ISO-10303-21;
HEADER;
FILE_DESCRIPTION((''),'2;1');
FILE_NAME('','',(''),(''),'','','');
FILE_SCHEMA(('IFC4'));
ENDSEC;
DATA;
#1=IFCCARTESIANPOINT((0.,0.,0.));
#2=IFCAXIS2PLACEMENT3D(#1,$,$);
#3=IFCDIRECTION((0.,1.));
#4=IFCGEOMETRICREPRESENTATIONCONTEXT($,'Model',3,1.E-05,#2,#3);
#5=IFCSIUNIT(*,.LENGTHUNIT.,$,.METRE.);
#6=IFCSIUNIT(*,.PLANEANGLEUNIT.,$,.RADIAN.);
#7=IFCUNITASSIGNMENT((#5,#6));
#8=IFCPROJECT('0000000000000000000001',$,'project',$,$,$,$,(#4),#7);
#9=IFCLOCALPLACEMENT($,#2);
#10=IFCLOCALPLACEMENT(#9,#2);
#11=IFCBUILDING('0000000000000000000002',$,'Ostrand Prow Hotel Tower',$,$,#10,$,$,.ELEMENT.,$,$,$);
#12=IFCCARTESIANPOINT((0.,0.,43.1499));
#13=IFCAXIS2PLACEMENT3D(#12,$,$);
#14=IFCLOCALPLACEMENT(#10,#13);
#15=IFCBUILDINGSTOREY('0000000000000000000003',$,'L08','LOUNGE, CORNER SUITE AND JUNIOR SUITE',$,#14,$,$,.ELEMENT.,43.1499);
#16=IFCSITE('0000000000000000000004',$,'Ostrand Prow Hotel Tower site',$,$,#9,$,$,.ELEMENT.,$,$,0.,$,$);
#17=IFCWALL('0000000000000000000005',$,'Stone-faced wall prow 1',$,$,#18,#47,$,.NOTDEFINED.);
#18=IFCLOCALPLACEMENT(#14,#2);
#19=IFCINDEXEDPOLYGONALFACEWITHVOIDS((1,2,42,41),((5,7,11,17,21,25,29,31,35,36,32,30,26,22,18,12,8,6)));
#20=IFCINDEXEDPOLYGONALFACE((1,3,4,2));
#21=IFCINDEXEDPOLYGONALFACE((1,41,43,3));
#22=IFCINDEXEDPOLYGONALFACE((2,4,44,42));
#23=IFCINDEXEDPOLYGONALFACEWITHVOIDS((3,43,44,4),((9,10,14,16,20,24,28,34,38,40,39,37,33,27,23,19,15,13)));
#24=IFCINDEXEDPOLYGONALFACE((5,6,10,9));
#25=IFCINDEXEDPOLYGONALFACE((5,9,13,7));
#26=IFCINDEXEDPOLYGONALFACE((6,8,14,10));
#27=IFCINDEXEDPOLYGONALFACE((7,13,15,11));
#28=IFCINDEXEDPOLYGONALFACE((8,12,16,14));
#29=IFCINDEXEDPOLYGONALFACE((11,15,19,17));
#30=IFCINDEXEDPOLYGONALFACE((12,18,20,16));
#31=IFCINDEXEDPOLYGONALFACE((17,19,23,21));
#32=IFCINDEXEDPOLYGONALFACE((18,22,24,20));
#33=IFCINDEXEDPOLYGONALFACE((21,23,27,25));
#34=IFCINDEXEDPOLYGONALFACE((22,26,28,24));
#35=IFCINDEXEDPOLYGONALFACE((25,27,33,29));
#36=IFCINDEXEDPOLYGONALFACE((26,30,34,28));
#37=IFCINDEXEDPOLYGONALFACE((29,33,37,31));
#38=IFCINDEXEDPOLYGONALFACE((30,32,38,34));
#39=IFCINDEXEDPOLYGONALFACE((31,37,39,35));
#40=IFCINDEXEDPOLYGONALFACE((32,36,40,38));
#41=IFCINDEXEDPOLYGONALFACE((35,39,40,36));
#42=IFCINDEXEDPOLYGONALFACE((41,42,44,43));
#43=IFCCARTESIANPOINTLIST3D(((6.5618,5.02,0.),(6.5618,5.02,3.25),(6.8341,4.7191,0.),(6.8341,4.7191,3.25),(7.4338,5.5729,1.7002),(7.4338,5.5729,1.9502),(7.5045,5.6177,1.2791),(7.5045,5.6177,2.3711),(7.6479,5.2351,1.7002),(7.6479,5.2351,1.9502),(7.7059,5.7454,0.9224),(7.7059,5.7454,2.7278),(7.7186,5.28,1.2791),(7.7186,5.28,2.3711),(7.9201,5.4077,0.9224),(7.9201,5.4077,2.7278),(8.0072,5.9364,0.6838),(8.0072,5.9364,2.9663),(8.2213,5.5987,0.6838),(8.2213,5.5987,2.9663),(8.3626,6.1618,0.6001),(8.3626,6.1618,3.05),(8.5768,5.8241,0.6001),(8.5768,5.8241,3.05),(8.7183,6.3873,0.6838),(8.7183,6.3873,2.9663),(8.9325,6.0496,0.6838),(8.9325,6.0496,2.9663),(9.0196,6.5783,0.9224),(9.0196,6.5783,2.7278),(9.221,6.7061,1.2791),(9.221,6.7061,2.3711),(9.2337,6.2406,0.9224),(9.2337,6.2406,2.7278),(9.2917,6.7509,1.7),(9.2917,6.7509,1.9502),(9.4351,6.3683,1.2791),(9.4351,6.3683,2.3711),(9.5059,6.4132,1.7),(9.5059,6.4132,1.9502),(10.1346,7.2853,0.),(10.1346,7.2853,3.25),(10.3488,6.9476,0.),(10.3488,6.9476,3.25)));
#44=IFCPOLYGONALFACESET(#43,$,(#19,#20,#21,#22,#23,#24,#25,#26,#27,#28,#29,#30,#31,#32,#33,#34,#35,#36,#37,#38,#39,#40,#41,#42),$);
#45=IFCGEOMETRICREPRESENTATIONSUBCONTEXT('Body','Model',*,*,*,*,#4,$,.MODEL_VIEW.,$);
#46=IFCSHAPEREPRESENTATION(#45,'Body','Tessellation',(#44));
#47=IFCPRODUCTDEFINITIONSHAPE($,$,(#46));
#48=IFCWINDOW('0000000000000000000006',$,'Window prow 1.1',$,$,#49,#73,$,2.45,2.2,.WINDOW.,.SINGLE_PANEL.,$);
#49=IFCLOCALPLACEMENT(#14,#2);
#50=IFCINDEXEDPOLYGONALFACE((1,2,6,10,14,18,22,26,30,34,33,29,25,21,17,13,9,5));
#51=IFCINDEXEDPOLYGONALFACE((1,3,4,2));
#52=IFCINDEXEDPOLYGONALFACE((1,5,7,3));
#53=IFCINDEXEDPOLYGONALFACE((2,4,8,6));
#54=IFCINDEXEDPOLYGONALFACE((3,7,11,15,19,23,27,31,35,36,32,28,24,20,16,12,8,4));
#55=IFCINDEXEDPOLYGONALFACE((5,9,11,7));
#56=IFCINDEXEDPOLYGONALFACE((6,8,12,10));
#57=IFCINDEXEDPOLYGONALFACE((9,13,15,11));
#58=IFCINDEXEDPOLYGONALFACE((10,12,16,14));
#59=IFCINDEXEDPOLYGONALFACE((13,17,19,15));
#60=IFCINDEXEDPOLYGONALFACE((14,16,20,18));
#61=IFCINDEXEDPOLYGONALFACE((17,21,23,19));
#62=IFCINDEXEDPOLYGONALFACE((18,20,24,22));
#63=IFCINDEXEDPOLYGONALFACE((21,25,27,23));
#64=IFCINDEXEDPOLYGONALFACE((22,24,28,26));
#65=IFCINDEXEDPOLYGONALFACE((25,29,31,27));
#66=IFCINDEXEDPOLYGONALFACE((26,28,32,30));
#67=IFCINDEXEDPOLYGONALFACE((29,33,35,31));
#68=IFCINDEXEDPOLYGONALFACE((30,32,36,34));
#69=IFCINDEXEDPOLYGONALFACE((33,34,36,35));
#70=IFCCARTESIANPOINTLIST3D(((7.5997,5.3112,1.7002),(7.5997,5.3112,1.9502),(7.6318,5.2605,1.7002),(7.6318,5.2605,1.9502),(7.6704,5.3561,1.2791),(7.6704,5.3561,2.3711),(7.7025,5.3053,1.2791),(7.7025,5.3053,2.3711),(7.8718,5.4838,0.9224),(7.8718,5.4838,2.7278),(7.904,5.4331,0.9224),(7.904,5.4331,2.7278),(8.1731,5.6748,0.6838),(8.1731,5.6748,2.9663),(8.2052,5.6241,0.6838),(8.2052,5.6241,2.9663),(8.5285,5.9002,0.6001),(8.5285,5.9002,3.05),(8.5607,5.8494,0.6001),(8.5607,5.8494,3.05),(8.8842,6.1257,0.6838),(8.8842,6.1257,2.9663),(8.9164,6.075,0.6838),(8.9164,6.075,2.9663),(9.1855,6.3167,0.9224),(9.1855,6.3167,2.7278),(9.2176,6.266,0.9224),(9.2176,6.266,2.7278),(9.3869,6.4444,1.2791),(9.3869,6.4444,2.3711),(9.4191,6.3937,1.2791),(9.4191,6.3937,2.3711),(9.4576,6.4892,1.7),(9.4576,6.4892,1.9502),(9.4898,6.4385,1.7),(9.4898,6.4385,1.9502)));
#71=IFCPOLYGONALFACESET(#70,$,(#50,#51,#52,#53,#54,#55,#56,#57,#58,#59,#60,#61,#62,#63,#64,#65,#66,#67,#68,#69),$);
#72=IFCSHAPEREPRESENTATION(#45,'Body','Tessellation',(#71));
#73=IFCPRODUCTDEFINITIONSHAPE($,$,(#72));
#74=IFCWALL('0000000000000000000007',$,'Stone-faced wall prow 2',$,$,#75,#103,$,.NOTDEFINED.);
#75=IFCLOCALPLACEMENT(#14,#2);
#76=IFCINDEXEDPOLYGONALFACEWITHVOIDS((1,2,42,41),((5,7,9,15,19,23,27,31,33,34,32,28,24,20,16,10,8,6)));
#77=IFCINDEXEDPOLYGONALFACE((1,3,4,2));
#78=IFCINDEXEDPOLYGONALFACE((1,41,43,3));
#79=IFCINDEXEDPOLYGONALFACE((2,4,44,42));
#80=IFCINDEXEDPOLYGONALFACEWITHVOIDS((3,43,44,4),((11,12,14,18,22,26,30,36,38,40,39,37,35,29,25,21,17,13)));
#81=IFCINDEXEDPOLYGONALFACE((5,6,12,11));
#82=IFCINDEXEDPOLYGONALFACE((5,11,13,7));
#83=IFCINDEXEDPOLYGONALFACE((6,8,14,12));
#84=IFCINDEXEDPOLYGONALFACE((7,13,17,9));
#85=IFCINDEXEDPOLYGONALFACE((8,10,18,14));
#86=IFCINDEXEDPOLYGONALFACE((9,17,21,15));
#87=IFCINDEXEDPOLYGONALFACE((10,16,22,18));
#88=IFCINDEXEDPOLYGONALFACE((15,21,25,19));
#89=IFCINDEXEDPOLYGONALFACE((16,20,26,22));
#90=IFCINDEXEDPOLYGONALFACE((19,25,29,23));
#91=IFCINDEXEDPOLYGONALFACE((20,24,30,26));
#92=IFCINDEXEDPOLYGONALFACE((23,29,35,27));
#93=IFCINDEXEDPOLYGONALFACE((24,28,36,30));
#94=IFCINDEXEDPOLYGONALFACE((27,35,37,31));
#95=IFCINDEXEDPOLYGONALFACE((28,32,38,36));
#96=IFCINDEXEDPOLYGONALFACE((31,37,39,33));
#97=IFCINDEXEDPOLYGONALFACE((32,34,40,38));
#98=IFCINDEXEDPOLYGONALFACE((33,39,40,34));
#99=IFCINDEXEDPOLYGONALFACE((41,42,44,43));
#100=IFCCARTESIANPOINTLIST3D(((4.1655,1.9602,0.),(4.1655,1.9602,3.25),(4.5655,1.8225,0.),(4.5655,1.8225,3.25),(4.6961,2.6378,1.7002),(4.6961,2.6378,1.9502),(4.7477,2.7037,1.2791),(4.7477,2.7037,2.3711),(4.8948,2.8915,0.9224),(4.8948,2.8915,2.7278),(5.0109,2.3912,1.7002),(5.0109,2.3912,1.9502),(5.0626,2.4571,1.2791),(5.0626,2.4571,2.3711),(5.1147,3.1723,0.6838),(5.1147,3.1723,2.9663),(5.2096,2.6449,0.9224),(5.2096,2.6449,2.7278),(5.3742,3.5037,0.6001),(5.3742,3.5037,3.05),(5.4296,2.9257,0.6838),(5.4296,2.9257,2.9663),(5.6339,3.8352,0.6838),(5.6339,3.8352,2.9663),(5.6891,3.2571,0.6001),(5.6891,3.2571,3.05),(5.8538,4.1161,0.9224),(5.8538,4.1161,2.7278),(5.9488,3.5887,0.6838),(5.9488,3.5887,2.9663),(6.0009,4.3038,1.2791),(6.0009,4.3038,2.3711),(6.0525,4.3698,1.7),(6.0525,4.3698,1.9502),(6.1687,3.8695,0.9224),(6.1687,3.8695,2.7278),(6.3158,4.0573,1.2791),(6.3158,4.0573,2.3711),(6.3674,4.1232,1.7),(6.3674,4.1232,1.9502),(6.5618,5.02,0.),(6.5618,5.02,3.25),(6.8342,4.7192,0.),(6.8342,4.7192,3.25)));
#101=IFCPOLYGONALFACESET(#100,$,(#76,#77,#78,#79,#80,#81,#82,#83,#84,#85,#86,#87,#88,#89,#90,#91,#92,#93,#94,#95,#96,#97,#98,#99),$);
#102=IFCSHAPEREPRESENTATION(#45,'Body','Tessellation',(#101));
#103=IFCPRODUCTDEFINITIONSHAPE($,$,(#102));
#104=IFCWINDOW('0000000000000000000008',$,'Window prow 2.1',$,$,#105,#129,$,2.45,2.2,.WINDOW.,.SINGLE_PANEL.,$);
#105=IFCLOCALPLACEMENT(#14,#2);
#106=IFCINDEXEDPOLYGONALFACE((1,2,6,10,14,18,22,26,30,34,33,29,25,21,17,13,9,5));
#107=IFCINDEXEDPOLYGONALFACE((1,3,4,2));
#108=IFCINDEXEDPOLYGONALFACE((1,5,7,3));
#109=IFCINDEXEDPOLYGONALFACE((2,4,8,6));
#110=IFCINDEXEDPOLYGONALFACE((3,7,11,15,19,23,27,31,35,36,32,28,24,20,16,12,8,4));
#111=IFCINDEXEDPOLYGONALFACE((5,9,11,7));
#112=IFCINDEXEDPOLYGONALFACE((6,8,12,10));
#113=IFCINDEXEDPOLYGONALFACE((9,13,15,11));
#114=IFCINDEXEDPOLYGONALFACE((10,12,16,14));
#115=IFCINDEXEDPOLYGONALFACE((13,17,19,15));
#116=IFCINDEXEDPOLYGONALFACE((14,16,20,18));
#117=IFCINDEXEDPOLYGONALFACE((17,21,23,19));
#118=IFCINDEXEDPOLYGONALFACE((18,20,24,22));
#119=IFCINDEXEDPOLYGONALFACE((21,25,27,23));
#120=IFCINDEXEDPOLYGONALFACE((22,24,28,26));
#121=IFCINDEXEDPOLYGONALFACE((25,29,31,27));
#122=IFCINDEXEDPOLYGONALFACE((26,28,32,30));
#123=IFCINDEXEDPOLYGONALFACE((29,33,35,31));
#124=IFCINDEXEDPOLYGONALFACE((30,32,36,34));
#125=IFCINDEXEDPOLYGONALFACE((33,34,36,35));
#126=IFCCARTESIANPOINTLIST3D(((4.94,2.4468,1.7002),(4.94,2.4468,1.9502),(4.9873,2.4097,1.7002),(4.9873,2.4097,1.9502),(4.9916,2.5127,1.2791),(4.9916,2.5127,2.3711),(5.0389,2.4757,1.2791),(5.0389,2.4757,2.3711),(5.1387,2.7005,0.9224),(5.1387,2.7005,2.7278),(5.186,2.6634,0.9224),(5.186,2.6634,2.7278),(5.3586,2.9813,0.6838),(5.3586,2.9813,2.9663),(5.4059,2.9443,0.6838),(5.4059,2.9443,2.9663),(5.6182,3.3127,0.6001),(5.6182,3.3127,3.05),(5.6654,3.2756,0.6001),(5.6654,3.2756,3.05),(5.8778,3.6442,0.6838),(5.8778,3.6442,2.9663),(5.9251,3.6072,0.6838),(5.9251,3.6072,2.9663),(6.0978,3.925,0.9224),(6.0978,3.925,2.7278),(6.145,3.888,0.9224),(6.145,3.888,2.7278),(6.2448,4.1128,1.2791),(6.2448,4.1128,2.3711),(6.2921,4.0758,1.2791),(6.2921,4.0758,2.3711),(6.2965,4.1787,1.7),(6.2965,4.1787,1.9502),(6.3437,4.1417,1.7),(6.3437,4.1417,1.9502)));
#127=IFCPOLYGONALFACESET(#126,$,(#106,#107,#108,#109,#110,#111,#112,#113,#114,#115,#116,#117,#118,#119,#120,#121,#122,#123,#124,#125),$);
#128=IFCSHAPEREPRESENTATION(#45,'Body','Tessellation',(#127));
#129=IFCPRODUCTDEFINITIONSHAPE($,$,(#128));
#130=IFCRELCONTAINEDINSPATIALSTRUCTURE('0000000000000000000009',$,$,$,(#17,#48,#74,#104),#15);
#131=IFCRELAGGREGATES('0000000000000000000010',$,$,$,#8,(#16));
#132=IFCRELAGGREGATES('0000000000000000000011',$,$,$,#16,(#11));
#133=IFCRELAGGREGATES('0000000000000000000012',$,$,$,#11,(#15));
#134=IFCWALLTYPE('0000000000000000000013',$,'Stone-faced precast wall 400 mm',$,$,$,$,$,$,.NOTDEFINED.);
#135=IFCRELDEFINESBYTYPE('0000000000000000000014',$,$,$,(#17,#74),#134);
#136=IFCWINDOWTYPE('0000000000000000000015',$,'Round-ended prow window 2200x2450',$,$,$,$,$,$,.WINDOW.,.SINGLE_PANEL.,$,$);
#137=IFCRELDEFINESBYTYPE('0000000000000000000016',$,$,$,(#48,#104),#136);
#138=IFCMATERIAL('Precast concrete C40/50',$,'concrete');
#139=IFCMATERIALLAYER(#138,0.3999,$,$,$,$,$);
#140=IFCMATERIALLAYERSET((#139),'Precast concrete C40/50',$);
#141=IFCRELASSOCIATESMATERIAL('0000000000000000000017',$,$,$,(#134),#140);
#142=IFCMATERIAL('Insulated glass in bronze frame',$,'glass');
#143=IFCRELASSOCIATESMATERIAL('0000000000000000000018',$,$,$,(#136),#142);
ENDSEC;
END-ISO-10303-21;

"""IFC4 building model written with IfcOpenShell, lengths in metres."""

from ifc_helpers import new_model, si_unit, direction, frame, origin, place, context, subcontext, project, spatial, polyline, outline, extrude, material, layer, layer_set, type_object, element, fill, save


model = new_model("IFC4")

# Units and contexts
model_context = context("Model", 3, precision=1e-05, world=origin(), true_north=direction((0.0, 1.0)))
body_context = subcontext(model_context, "Body", "Model", "MODEL_VIEW")
ifc_project = project(units=[si_unit("LENGTHUNIT", "METRE"), si_unit("PLANEANGLEUNIT", "RADIAN")], contexts=[model_context])

# Site, building, storey
site_placement = place(None, origin())
site = spatial("IfcSite", under=ifc_project, at=site_placement, Name="Ostrand Prow Hotel Tower site", CompositionType="ELEMENT", RefElevation=0.0)
building_placement = place(site_placement, origin())
building = spatial("IfcBuilding", under=site, at=building_placement, Name="Ostrand Prow Hotel Tower", CompositionType="ELEMENT")
storey_placement = place(building_placement, frame((0.0, 0.0, 43.1499)))
storey = spatial("IfcBuildingStorey", under=building, at=storey_placement, Name="L08", Description="LOUNGE, CORNER SUITE AND JUNIOR SUITE", CompositionType="ELEMENT", Elevation=43.1499)

# Walls, openings, windows
ifc_material_1 = material(Name="Precast concrete C40/50", Category="concrete")
ifc_layer_1 = layer(ifc_material_1, 0.3999)
ifc_layer_set_1 = layer_set([ifc_layer_1], Name="Precast concrete C40/50")
wall_type_1 = type_object("IfcWallType", Name="Stone-faced precast wall 400 mm", PredefinedType="NOTDEFINED", material=ifc_layer_set_1)
wall_1_placement = place(storey_placement, frame((10.2417, 7.1165, 0.0), z_axis=(0.0, 0.0, 1.0), x_axis=(-0.844552, -0.535474, 0.0)))
wall_1 = element("IfcWall", 1, at=wall_1_placement, inside=storey, type_object=wall_type_1, Name="Stone-faced wall prow 1", PredefinedType="NOTDEFINED", context=body_context, shape_type="SweptSolid", body=[
    extrude(outline(polyline([(0.0, -0.2), (4.2305, -0.2), (4.1616, 0.2), (0.0, 0.2), (0.0, -0.2)])), origin(), (0.0, 0.0, 1.0), 3.25),
])
opening_1_placement = place(wall_1_placement, frame((0.998, 0.0, 0.6001)))
opening_1 = element("IfcOpeningElement", 2, at=opening_1_placement, cuts=wall_1, PredefinedType="OPENING", context=body_context, shape_type="SweptSolid", body=[
    extrude(outline(polyline([(0.0, 1.3501), (0.0837, 1.771), (0.3223, 2.1277), (0.679, 2.3662), (1.1001, 2.45), (1.521, 2.3662), (1.8777, 2.1277), (2.1162, 1.771), (2.2, 1.3501), (2.2, 1.1001), (2.1162, 0.679), (1.8777, 0.3223), (1.521, 0.0837), (1.1001, 0.0), (0.679, 0.0837), (0.3223, 0.3223), (0.0837, 0.679), (0.0, 1.0999), (0.0, 1.3501)])), frame((0.0, 0.21, 0.0), z_axis=(0.0, -1.0, 0.0), x_axis=(1.0, 0.0, 0.0)), (0.0, 0.0, 1.0), 0.4199),
])
ifc_material_2 = material(Name="Insulated glass in bronze frame", Category="glass")
window_type = type_object("IfcWindowType", Name="Round-ended prow window 2200x2450", PartitioningType="SINGLE_PANEL", PredefinedType="WINDOW", material=ifc_material_2)
window_1_placement = place(opening_1_placement, origin())
window_1 = element("IfcWindow", 3, at=window_1_placement, inside=storey, type_object=window_type, Name="Window prow 1.1", OverallHeight=2.45, OverallWidth=2.2, PartitioningType="SINGLE_PANEL", PredefinedType="WINDOW", context=body_context, shape_type="SweptSolid", body=[
    extrude(outline(polyline([(0.0, 1.3501), (0.0837, 1.771), (0.3223, 2.1277), (0.679, 2.3662), (1.1001, 2.45), (1.521, 2.3662), (1.8777, 2.1277), (2.1162, 1.771), (2.2, 1.3501), (2.2, 1.1001), (2.1162, 0.679), (1.8777, 0.3223), (1.521, 0.0837), (1.1001, 0.0), (0.679, 0.0837), (0.3223, 0.3223), (0.0837, 0.679), (0.0, 1.0999), (0.0, 1.3501)])), frame((0.0, 0.1699, 0.0), z_axis=(0.0, -1.0, 0.0), x_axis=(1.0, 0.0, 0.0)), (0.0, 0.0, 1.0), 0.0601),
])
fill(opening_1, window_1)
wall_2_placement = place(storey_placement, frame((6.698, 4.8696, 0.0), z_axis=(0.0, 0.0, 1.0), x_axis=(-0.616587, -0.787287, 0.0)))
wall_2 = element("IfcWall", 4, at=wall_2_placement, inside=storey, type_object=wall_type_1, Name="Stone-faced wall prow 2", PredefinedType="NOTDEFINED", context=body_context, shape_type="SweptSolid", body=[
    extrude(outline(polyline([(-0.0344, -0.2), (3.8521, -0.2), (3.7139, 0.2), (0.0344, 0.2), (-0.0344, -0.2)])), origin(), (0.0, 0.0, 1.0), 3.25),
])
opening_2_placement = place(wall_2_placement, frame((0.7915, 0.0, 0.6001)))
opening_2 = element("IfcOpeningElement", 5, at=opening_2_placement, cuts=wall_2, PredefinedType="OPENING", context=body_context, shape_type="SweptSolid", body=[
    extrude(outline(polyline([(0.0, 1.3501), (0.0837, 1.771), (0.3223, 2.1277), (0.679, 2.3662), (1.1001, 2.45), (1.521, 2.3662), (1.8777, 2.1277), (2.1162, 1.771), (2.2, 1.3501), (2.2, 1.1001), (2.1162, 0.679), (1.8777, 0.3223), (1.521, 0.0837), (1.1001, 0.0), (0.679, 0.0837), (0.3223, 0.3223), (0.0837, 0.679), (0.0, 1.0999), (0.0, 1.3501)])), frame((0.0, 0.21, 0.0), z_axis=(0.0, -1.0, 0.0), x_axis=(1.0, 0.0, 0.0)), (0.0, 0.0, 1.0), 0.4199),
])
window_2_placement = place(opening_2_placement, origin())
window_2 = element("IfcWindow", 6, at=window_2_placement, inside=storey, type_object=window_type, Name="Window prow 2.1", OverallHeight=2.45, OverallWidth=2.2, PartitioningType="SINGLE_PANEL", PredefinedType="WINDOW", context=body_context, shape_type="SweptSolid", body=[
    extrude(outline(polyline([(0.0, 1.3501), (0.0837, 1.771), (0.3223, 2.1277), (0.679, 2.3662), (1.1001, 2.45), (1.521, 2.3662), (1.8777, 2.1277), (2.1162, 1.771), (2.2, 1.3501), (2.2, 1.1001), (2.1162, 0.679), (1.8777, 0.3223), (1.521, 0.0837), (1.1001, 0.0), (0.679, 0.0837), (0.3223, 0.3223), (0.0837, 0.679), (0.0, 1.0999), (0.0, 1.3501)])), frame((0.0, 0.1699, 0.0), z_axis=(0.0, -1.0, 0.0), x_axis=(1.0, 0.0, 0.0)), (0.0, 0.0, 1.0), 0.0601),
])
fill(opening_2, window_2)

save(model, "model.ifc")
